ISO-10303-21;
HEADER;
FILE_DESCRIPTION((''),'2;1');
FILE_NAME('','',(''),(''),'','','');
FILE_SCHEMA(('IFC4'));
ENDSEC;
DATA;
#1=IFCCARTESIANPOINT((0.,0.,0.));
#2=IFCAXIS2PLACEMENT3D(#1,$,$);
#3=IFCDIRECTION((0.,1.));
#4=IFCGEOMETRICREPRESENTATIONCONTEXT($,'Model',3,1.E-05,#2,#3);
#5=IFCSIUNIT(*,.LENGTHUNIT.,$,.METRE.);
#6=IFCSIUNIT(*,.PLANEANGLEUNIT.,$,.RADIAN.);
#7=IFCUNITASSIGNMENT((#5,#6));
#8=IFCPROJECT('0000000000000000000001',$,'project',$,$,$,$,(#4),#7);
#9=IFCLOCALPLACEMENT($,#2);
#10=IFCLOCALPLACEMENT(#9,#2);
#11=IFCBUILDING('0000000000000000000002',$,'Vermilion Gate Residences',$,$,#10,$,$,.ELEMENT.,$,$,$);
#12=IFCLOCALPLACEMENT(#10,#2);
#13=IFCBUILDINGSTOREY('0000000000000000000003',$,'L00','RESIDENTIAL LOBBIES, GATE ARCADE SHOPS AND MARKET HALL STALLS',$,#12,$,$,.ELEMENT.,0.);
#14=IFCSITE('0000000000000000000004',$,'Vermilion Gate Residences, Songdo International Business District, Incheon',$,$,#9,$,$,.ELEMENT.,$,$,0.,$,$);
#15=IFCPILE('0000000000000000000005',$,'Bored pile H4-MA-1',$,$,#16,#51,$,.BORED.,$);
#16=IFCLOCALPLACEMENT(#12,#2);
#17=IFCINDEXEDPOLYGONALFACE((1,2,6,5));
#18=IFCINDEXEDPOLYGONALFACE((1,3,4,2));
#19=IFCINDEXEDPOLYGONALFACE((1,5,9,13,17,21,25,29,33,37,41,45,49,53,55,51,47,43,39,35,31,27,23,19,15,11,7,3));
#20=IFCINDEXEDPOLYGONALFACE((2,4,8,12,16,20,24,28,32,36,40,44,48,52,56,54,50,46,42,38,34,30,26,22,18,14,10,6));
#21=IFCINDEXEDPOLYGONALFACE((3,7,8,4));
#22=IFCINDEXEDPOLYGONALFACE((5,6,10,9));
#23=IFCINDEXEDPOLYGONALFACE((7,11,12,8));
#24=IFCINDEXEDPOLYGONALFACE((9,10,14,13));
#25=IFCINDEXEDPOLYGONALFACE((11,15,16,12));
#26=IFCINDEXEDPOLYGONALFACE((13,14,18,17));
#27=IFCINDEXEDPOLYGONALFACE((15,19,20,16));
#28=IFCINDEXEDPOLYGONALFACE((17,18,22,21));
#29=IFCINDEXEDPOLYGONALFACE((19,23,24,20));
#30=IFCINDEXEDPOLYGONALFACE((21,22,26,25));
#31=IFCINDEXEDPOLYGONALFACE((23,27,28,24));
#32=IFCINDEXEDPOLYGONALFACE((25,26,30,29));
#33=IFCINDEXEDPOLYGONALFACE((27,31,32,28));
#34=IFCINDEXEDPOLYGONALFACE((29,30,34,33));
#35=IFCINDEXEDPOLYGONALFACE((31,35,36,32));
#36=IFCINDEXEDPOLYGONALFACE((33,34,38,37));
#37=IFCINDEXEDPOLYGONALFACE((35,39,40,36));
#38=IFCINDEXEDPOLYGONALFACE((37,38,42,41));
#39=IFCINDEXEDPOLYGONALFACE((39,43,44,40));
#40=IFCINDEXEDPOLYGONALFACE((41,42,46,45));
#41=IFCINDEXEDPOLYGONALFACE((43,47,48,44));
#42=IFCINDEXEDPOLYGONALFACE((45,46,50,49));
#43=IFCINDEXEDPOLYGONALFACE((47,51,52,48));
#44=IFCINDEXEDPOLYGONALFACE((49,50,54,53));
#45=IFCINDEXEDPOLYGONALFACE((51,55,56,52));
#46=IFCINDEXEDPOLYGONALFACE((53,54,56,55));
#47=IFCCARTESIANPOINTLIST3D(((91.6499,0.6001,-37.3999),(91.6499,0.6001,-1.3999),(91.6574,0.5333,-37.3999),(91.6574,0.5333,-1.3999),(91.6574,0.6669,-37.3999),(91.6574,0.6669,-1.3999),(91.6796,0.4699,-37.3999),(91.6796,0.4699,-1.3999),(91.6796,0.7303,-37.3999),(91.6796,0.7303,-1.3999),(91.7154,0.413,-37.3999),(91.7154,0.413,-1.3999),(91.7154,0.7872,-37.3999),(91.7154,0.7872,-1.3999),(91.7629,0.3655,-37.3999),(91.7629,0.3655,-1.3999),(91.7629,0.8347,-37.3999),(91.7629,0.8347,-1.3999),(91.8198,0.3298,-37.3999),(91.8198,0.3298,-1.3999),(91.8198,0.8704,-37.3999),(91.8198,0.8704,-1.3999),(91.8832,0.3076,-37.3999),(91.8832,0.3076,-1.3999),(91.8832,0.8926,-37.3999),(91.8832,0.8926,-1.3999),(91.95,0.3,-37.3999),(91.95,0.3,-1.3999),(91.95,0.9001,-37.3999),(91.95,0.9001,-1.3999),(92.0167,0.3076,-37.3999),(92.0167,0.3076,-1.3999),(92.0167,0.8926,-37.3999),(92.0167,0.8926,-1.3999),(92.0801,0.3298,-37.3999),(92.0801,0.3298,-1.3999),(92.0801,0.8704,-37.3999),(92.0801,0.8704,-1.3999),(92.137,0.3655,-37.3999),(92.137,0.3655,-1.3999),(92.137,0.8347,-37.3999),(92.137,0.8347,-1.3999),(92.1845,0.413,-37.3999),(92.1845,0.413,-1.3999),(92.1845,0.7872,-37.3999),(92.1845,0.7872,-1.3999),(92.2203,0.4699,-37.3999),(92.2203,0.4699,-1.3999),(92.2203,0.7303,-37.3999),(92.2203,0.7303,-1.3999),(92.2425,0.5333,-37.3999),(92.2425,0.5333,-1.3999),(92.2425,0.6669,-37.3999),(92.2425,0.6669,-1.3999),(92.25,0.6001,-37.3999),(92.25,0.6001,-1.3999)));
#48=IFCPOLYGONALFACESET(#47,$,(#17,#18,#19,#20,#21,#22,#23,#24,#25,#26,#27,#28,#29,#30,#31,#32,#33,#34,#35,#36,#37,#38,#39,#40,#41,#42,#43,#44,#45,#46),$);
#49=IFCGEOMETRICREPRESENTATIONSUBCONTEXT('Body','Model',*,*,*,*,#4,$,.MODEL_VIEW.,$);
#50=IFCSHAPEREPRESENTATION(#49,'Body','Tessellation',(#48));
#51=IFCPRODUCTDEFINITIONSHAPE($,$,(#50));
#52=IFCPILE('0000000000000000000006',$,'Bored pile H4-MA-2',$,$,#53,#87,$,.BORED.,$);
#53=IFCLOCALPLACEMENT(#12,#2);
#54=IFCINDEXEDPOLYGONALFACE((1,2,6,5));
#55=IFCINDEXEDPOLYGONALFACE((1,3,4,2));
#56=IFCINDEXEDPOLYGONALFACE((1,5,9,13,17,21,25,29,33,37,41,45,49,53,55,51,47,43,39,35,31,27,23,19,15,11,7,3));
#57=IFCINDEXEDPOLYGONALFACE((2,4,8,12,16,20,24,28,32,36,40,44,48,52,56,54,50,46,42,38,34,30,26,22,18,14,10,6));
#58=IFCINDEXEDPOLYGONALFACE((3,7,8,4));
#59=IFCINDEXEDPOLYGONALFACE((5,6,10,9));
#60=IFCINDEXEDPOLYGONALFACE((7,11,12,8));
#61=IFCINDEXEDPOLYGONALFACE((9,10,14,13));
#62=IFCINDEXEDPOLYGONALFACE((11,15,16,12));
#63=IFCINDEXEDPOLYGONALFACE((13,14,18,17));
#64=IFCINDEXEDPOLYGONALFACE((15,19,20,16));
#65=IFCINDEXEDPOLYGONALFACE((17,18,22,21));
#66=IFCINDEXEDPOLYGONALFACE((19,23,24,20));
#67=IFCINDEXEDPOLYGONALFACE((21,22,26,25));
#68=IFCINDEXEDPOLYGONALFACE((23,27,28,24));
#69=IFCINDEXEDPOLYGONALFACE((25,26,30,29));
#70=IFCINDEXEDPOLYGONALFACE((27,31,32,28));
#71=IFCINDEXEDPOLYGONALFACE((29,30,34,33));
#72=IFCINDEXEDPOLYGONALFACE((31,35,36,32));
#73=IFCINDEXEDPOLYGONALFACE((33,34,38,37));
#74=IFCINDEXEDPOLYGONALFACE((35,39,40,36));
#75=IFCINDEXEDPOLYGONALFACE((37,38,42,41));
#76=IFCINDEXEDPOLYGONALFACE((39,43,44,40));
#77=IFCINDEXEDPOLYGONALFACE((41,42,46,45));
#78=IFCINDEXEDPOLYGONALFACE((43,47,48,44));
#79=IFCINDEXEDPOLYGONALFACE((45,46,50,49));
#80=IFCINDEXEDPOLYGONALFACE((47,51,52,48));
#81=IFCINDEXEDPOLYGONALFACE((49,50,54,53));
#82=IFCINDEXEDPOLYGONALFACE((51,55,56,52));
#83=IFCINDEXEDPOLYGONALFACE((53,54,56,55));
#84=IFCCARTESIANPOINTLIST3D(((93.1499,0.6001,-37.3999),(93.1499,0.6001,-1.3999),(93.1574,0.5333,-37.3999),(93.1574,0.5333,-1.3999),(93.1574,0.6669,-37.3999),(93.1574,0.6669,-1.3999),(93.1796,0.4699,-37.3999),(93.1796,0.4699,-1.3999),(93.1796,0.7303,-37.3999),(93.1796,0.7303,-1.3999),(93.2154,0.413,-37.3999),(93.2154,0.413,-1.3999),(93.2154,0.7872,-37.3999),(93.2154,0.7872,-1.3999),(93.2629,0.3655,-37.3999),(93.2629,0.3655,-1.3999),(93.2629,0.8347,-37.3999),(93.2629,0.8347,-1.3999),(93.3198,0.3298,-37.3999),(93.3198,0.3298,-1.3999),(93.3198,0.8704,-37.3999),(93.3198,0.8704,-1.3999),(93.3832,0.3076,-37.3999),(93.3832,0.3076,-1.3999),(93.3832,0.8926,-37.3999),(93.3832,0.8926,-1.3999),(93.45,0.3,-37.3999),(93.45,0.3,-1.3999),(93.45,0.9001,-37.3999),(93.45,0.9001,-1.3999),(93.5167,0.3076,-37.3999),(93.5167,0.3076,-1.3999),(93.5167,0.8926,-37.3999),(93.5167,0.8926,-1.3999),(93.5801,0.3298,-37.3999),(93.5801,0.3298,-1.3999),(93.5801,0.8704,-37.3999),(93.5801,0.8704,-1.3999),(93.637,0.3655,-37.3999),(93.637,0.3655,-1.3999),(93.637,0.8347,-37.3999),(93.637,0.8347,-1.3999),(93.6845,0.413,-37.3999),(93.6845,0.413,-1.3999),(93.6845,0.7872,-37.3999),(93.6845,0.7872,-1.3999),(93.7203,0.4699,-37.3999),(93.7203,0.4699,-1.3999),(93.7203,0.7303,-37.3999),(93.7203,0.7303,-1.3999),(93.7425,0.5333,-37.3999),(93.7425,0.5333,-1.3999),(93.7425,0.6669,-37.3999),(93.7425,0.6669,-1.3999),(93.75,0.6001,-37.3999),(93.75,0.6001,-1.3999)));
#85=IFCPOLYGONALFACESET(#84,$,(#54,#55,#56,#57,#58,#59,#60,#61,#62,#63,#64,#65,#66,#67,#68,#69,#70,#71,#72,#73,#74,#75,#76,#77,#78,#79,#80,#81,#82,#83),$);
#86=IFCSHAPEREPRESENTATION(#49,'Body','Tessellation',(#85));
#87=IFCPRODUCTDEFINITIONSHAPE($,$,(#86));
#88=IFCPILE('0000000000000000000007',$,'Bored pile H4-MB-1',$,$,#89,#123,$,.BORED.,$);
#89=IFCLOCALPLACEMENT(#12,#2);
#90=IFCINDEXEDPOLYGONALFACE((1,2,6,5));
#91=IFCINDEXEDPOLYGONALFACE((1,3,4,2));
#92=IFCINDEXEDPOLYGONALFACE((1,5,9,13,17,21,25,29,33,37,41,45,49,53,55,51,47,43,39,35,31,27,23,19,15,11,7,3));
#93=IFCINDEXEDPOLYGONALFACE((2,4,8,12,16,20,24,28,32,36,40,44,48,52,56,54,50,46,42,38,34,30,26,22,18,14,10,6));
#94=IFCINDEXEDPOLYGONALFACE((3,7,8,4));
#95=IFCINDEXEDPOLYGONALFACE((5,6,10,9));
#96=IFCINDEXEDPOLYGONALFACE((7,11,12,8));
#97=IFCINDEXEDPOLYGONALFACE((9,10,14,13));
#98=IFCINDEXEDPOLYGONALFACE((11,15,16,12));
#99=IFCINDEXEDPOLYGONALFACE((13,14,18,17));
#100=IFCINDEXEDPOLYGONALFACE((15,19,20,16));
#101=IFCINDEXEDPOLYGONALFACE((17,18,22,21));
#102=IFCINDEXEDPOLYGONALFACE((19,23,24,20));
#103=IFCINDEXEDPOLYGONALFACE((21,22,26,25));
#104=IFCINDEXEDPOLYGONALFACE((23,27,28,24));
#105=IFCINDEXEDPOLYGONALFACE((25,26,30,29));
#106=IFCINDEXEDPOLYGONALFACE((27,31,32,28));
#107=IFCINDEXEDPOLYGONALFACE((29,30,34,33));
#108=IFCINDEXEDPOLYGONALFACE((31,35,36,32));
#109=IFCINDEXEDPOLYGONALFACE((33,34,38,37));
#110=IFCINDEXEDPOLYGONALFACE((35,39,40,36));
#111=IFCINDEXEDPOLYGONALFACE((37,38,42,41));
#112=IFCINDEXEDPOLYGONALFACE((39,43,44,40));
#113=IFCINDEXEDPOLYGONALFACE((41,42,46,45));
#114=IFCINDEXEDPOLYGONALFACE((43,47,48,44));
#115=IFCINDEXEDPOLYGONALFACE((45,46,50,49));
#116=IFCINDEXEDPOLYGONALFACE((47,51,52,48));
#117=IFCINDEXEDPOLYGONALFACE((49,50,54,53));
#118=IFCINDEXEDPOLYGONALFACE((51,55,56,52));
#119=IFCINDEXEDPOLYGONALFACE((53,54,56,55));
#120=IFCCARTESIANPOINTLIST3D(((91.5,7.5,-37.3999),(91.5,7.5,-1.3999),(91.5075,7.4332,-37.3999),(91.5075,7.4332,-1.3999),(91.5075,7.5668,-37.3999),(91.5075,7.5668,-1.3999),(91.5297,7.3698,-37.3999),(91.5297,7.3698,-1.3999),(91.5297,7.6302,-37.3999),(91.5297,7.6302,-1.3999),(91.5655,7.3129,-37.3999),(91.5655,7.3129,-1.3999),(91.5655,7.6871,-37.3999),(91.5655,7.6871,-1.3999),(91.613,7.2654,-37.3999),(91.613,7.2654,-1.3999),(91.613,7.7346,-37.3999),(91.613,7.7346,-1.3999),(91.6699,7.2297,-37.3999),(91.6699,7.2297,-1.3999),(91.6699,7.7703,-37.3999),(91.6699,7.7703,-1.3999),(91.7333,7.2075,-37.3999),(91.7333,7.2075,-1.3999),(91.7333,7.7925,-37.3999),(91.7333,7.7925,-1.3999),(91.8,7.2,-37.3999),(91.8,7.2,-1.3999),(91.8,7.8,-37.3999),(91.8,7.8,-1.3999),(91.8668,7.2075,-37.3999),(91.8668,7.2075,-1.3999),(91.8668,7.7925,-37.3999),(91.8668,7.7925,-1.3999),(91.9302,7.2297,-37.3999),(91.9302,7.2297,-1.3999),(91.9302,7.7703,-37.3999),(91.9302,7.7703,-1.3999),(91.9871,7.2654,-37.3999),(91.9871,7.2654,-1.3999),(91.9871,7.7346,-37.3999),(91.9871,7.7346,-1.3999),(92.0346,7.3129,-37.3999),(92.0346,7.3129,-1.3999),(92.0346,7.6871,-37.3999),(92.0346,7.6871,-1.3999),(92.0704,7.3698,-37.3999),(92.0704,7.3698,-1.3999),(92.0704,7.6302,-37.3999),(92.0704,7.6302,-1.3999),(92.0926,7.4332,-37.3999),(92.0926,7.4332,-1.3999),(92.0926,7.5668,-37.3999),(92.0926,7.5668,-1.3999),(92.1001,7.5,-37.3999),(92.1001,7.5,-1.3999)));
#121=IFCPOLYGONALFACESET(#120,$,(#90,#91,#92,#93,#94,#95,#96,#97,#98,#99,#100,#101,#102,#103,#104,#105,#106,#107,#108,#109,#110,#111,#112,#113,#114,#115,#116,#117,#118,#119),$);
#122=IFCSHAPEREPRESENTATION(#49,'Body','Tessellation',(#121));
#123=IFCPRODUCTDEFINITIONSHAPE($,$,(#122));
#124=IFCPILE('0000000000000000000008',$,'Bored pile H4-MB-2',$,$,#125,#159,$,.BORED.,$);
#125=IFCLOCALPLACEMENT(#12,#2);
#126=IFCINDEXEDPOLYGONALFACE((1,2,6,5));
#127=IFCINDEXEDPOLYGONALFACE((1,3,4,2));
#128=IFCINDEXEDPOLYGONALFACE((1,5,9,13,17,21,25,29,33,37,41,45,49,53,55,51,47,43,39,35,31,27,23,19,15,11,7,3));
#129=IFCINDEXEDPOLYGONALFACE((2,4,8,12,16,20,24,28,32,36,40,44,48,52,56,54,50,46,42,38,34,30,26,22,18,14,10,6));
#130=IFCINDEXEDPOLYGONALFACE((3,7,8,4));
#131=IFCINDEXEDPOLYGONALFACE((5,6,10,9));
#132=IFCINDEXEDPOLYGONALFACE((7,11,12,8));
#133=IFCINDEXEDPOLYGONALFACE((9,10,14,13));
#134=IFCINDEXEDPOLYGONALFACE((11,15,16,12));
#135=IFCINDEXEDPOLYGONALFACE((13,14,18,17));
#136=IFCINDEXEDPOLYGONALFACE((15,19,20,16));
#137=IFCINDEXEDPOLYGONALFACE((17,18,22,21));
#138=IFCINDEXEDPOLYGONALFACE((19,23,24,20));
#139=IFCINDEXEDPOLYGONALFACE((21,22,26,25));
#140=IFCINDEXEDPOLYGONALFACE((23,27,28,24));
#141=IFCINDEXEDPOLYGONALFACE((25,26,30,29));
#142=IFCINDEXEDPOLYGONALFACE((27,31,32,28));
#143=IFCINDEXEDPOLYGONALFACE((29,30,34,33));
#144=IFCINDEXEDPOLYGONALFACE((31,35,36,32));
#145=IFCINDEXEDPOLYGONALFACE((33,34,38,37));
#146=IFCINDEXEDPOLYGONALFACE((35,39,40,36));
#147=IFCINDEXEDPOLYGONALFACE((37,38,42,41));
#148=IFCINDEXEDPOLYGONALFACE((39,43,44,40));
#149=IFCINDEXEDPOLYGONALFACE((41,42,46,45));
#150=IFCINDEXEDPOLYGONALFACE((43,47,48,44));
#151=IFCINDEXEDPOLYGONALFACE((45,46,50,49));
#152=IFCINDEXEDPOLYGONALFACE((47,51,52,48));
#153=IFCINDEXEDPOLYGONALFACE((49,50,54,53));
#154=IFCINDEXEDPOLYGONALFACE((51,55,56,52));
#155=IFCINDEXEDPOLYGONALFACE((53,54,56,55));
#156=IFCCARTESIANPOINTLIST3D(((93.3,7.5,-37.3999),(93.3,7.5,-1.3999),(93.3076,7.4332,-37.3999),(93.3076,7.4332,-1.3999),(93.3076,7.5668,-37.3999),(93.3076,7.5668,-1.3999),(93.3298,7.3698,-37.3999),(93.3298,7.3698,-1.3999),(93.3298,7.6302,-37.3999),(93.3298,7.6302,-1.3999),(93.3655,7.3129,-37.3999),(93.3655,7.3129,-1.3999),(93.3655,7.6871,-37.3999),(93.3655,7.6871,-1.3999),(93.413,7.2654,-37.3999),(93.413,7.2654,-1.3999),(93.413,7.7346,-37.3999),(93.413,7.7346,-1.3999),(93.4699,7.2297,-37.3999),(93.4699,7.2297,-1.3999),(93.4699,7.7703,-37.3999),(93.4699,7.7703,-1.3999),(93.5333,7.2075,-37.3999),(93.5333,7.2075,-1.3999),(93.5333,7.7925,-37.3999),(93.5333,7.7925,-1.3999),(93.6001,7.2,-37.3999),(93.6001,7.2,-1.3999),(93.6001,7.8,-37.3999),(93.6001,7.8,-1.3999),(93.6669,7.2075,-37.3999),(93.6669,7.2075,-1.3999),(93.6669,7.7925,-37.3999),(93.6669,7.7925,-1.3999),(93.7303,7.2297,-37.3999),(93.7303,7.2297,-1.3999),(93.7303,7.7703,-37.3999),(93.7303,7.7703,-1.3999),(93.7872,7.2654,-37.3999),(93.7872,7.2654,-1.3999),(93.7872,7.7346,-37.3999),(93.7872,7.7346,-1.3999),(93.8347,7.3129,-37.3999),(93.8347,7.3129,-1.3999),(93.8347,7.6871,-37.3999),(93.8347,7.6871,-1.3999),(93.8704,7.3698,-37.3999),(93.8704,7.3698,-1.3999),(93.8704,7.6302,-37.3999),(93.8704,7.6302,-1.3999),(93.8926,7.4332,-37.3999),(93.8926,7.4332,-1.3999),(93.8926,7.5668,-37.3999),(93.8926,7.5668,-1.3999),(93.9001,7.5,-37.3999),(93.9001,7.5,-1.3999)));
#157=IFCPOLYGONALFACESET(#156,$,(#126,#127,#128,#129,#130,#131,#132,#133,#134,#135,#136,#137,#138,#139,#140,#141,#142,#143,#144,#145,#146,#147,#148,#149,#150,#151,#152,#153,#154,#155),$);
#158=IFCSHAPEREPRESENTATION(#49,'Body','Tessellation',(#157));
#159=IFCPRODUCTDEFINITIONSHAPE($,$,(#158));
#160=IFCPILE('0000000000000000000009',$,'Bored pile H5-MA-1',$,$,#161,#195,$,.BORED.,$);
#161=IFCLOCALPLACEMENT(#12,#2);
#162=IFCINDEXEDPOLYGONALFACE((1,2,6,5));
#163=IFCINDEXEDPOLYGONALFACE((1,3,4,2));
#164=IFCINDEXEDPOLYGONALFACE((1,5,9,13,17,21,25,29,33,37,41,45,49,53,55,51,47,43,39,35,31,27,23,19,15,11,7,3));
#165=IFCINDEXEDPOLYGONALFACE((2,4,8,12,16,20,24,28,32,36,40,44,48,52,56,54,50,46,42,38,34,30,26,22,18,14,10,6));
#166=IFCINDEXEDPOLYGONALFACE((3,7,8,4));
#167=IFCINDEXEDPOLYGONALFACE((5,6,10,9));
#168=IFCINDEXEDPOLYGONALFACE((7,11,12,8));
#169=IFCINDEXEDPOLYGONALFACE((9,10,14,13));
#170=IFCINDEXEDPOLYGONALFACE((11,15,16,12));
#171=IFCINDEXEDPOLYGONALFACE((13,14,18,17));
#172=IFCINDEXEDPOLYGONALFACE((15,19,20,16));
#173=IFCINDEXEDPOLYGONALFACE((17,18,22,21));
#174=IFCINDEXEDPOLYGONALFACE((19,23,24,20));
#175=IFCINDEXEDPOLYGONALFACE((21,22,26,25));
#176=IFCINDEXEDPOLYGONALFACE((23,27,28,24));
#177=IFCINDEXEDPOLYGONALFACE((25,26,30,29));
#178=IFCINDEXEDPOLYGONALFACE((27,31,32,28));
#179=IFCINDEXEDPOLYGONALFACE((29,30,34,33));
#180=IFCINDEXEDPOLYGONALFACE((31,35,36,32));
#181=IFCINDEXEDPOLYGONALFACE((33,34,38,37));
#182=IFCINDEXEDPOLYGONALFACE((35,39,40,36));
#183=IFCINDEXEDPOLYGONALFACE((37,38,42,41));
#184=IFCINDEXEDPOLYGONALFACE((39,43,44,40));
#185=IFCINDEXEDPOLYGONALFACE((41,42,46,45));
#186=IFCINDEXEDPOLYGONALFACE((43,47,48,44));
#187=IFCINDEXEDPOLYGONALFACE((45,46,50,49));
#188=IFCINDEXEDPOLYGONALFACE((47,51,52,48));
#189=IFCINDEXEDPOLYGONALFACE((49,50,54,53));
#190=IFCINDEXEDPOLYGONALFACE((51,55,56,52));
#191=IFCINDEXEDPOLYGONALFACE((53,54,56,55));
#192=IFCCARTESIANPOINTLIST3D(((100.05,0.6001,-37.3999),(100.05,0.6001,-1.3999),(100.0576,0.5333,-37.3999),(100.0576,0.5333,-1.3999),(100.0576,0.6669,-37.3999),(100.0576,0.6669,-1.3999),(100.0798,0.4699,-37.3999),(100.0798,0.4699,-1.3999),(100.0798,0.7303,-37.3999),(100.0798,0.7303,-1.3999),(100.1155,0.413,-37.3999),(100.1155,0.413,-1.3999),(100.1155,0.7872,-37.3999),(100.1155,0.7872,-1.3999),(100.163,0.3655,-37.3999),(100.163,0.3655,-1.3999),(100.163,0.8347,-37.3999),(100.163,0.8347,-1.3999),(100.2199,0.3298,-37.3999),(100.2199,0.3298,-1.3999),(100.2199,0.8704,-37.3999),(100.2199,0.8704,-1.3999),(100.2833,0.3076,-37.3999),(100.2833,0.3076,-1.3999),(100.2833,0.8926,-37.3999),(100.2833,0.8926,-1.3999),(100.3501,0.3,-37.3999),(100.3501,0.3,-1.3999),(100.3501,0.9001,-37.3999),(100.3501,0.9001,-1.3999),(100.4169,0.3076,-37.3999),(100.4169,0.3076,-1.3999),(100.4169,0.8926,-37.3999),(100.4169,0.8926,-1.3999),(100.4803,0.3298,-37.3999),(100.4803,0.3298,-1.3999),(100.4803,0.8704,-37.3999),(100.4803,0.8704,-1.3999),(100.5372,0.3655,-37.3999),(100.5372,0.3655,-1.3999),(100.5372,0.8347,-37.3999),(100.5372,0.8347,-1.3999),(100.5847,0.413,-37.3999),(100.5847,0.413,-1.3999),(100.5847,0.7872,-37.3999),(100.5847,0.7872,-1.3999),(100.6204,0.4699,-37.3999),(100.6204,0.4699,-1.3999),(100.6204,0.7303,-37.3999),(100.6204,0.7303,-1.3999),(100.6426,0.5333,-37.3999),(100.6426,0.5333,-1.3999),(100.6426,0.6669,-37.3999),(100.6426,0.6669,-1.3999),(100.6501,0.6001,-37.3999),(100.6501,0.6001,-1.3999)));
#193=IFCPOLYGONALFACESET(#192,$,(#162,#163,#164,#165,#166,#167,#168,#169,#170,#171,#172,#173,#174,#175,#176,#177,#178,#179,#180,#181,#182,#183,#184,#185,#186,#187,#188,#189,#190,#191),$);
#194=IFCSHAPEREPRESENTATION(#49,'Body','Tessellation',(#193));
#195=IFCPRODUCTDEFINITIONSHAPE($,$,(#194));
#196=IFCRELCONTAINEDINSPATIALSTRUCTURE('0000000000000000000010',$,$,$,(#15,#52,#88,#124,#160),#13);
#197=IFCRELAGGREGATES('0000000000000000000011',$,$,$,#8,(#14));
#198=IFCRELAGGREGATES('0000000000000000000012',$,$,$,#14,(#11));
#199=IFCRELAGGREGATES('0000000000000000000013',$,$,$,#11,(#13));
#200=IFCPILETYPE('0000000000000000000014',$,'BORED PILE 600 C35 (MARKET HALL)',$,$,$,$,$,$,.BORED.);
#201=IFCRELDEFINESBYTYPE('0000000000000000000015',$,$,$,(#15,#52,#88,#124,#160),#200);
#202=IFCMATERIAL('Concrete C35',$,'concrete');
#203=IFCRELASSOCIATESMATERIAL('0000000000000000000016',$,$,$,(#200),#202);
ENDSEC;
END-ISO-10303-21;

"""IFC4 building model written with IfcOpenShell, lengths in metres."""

from ifc_helpers import new_model, si_unit, direction, frame, origin, origin_2d, place, context, subcontext, project, spatial, circle, extrude, material, material_profile, profile_set, type_object, element, save


model = new_model("IFC4")

# Units and contexts
model_context = context("Model", 3, precision=1e-05, world=origin(), true_north=direction((0.0, 1.0)))
body_context = subcontext(model_context, "Body", "Model", "MODEL_VIEW")
ifc_project = project(units=[si_unit("LENGTHUNIT", "METRE"), si_unit("PLANEANGLEUNIT", "RADIAN")], contexts=[model_context])

# Site, building, storey
site_placement = place(None, origin())
site = spatial("IfcSite", under=ifc_project, at=site_placement, Name="Vermilion Gate Residences, Songdo International Business District, Incheon", CompositionType="ELEMENT", RefElevation=0.0)
building_placement = place(site_placement, origin())
building = spatial("IfcBuilding", under=site, at=building_placement, Name="Vermilion Gate Residences", CompositionType="ELEMENT")
storey_placement = place(building_placement, origin())
storey = spatial("IfcBuildingStorey", under=building, at=storey_placement, Name="L00", Description="RESIDENTIAL LOBBIES, GATE ARCADE SHOPS AND MARKET HALL STALLS", CompositionType="ELEMENT", Elevation=0.0)

# Piles
ifc_material_1 = material(Name="Concrete C35", Category="concrete")
ifc_material_profile_1 = material_profile(ifc_material_1, circle(Radius=0.3, at=origin_2d()), Name="BORED PILE 600 C35 (MARKET HALL)")
ifc_profile_set_1 = profile_set([ifc_material_profile_1], Name="Concrete C35")
pile_type = type_object("IfcPileType", Name="BORED PILE 600 C35 (MARKET HALL)", PredefinedType="BORED", material=ifc_profile_set_1)
for number, where, z_axis, x_axis, name in (
    (1, (91.95, 0.6001, -1.3999), (0.0, 0.0, -1.0), (1.0, 0.0, 0.0), "Bored pile H4-MA-1"),
    (2, (93.45, 0.6001, -1.3999), (0.0, 0.0, -1.0), (1.0, 0.0, 0.0), "Bored pile H4-MA-2"),
    (3, (91.8, 7.5, -1.3999), (0.0, 0.0, -1.0), (1.0, 0.0, 0.0), "Bored pile H4-MB-1"),
    (4, (93.6001, 7.5, -1.3999), (0.0, 0.0, -1.0), (1.0, 0.0, 0.0), "Bored pile H4-MB-2"),
    (5, (100.3501, 0.6001, -1.3999), (0.0, 0.0, -1.0), (1.0, 0.0, 0.0), "Bored pile H5-MA-1"),
):
    element("IfcPile", number, at=place(storey_placement, frame(where, z_axis=z_axis, x_axis=x_axis)), inside=storey, type_object=pile_type, Name=name, PredefinedType="BORED", context=body_context, shape_type="SweptSolid", body=[
        extrude(circle(Radius=0.3, at=origin_2d()), origin(), (0.0, 0.0, 1.0), 36.0),
    ])

save(model, "model.ifc")
